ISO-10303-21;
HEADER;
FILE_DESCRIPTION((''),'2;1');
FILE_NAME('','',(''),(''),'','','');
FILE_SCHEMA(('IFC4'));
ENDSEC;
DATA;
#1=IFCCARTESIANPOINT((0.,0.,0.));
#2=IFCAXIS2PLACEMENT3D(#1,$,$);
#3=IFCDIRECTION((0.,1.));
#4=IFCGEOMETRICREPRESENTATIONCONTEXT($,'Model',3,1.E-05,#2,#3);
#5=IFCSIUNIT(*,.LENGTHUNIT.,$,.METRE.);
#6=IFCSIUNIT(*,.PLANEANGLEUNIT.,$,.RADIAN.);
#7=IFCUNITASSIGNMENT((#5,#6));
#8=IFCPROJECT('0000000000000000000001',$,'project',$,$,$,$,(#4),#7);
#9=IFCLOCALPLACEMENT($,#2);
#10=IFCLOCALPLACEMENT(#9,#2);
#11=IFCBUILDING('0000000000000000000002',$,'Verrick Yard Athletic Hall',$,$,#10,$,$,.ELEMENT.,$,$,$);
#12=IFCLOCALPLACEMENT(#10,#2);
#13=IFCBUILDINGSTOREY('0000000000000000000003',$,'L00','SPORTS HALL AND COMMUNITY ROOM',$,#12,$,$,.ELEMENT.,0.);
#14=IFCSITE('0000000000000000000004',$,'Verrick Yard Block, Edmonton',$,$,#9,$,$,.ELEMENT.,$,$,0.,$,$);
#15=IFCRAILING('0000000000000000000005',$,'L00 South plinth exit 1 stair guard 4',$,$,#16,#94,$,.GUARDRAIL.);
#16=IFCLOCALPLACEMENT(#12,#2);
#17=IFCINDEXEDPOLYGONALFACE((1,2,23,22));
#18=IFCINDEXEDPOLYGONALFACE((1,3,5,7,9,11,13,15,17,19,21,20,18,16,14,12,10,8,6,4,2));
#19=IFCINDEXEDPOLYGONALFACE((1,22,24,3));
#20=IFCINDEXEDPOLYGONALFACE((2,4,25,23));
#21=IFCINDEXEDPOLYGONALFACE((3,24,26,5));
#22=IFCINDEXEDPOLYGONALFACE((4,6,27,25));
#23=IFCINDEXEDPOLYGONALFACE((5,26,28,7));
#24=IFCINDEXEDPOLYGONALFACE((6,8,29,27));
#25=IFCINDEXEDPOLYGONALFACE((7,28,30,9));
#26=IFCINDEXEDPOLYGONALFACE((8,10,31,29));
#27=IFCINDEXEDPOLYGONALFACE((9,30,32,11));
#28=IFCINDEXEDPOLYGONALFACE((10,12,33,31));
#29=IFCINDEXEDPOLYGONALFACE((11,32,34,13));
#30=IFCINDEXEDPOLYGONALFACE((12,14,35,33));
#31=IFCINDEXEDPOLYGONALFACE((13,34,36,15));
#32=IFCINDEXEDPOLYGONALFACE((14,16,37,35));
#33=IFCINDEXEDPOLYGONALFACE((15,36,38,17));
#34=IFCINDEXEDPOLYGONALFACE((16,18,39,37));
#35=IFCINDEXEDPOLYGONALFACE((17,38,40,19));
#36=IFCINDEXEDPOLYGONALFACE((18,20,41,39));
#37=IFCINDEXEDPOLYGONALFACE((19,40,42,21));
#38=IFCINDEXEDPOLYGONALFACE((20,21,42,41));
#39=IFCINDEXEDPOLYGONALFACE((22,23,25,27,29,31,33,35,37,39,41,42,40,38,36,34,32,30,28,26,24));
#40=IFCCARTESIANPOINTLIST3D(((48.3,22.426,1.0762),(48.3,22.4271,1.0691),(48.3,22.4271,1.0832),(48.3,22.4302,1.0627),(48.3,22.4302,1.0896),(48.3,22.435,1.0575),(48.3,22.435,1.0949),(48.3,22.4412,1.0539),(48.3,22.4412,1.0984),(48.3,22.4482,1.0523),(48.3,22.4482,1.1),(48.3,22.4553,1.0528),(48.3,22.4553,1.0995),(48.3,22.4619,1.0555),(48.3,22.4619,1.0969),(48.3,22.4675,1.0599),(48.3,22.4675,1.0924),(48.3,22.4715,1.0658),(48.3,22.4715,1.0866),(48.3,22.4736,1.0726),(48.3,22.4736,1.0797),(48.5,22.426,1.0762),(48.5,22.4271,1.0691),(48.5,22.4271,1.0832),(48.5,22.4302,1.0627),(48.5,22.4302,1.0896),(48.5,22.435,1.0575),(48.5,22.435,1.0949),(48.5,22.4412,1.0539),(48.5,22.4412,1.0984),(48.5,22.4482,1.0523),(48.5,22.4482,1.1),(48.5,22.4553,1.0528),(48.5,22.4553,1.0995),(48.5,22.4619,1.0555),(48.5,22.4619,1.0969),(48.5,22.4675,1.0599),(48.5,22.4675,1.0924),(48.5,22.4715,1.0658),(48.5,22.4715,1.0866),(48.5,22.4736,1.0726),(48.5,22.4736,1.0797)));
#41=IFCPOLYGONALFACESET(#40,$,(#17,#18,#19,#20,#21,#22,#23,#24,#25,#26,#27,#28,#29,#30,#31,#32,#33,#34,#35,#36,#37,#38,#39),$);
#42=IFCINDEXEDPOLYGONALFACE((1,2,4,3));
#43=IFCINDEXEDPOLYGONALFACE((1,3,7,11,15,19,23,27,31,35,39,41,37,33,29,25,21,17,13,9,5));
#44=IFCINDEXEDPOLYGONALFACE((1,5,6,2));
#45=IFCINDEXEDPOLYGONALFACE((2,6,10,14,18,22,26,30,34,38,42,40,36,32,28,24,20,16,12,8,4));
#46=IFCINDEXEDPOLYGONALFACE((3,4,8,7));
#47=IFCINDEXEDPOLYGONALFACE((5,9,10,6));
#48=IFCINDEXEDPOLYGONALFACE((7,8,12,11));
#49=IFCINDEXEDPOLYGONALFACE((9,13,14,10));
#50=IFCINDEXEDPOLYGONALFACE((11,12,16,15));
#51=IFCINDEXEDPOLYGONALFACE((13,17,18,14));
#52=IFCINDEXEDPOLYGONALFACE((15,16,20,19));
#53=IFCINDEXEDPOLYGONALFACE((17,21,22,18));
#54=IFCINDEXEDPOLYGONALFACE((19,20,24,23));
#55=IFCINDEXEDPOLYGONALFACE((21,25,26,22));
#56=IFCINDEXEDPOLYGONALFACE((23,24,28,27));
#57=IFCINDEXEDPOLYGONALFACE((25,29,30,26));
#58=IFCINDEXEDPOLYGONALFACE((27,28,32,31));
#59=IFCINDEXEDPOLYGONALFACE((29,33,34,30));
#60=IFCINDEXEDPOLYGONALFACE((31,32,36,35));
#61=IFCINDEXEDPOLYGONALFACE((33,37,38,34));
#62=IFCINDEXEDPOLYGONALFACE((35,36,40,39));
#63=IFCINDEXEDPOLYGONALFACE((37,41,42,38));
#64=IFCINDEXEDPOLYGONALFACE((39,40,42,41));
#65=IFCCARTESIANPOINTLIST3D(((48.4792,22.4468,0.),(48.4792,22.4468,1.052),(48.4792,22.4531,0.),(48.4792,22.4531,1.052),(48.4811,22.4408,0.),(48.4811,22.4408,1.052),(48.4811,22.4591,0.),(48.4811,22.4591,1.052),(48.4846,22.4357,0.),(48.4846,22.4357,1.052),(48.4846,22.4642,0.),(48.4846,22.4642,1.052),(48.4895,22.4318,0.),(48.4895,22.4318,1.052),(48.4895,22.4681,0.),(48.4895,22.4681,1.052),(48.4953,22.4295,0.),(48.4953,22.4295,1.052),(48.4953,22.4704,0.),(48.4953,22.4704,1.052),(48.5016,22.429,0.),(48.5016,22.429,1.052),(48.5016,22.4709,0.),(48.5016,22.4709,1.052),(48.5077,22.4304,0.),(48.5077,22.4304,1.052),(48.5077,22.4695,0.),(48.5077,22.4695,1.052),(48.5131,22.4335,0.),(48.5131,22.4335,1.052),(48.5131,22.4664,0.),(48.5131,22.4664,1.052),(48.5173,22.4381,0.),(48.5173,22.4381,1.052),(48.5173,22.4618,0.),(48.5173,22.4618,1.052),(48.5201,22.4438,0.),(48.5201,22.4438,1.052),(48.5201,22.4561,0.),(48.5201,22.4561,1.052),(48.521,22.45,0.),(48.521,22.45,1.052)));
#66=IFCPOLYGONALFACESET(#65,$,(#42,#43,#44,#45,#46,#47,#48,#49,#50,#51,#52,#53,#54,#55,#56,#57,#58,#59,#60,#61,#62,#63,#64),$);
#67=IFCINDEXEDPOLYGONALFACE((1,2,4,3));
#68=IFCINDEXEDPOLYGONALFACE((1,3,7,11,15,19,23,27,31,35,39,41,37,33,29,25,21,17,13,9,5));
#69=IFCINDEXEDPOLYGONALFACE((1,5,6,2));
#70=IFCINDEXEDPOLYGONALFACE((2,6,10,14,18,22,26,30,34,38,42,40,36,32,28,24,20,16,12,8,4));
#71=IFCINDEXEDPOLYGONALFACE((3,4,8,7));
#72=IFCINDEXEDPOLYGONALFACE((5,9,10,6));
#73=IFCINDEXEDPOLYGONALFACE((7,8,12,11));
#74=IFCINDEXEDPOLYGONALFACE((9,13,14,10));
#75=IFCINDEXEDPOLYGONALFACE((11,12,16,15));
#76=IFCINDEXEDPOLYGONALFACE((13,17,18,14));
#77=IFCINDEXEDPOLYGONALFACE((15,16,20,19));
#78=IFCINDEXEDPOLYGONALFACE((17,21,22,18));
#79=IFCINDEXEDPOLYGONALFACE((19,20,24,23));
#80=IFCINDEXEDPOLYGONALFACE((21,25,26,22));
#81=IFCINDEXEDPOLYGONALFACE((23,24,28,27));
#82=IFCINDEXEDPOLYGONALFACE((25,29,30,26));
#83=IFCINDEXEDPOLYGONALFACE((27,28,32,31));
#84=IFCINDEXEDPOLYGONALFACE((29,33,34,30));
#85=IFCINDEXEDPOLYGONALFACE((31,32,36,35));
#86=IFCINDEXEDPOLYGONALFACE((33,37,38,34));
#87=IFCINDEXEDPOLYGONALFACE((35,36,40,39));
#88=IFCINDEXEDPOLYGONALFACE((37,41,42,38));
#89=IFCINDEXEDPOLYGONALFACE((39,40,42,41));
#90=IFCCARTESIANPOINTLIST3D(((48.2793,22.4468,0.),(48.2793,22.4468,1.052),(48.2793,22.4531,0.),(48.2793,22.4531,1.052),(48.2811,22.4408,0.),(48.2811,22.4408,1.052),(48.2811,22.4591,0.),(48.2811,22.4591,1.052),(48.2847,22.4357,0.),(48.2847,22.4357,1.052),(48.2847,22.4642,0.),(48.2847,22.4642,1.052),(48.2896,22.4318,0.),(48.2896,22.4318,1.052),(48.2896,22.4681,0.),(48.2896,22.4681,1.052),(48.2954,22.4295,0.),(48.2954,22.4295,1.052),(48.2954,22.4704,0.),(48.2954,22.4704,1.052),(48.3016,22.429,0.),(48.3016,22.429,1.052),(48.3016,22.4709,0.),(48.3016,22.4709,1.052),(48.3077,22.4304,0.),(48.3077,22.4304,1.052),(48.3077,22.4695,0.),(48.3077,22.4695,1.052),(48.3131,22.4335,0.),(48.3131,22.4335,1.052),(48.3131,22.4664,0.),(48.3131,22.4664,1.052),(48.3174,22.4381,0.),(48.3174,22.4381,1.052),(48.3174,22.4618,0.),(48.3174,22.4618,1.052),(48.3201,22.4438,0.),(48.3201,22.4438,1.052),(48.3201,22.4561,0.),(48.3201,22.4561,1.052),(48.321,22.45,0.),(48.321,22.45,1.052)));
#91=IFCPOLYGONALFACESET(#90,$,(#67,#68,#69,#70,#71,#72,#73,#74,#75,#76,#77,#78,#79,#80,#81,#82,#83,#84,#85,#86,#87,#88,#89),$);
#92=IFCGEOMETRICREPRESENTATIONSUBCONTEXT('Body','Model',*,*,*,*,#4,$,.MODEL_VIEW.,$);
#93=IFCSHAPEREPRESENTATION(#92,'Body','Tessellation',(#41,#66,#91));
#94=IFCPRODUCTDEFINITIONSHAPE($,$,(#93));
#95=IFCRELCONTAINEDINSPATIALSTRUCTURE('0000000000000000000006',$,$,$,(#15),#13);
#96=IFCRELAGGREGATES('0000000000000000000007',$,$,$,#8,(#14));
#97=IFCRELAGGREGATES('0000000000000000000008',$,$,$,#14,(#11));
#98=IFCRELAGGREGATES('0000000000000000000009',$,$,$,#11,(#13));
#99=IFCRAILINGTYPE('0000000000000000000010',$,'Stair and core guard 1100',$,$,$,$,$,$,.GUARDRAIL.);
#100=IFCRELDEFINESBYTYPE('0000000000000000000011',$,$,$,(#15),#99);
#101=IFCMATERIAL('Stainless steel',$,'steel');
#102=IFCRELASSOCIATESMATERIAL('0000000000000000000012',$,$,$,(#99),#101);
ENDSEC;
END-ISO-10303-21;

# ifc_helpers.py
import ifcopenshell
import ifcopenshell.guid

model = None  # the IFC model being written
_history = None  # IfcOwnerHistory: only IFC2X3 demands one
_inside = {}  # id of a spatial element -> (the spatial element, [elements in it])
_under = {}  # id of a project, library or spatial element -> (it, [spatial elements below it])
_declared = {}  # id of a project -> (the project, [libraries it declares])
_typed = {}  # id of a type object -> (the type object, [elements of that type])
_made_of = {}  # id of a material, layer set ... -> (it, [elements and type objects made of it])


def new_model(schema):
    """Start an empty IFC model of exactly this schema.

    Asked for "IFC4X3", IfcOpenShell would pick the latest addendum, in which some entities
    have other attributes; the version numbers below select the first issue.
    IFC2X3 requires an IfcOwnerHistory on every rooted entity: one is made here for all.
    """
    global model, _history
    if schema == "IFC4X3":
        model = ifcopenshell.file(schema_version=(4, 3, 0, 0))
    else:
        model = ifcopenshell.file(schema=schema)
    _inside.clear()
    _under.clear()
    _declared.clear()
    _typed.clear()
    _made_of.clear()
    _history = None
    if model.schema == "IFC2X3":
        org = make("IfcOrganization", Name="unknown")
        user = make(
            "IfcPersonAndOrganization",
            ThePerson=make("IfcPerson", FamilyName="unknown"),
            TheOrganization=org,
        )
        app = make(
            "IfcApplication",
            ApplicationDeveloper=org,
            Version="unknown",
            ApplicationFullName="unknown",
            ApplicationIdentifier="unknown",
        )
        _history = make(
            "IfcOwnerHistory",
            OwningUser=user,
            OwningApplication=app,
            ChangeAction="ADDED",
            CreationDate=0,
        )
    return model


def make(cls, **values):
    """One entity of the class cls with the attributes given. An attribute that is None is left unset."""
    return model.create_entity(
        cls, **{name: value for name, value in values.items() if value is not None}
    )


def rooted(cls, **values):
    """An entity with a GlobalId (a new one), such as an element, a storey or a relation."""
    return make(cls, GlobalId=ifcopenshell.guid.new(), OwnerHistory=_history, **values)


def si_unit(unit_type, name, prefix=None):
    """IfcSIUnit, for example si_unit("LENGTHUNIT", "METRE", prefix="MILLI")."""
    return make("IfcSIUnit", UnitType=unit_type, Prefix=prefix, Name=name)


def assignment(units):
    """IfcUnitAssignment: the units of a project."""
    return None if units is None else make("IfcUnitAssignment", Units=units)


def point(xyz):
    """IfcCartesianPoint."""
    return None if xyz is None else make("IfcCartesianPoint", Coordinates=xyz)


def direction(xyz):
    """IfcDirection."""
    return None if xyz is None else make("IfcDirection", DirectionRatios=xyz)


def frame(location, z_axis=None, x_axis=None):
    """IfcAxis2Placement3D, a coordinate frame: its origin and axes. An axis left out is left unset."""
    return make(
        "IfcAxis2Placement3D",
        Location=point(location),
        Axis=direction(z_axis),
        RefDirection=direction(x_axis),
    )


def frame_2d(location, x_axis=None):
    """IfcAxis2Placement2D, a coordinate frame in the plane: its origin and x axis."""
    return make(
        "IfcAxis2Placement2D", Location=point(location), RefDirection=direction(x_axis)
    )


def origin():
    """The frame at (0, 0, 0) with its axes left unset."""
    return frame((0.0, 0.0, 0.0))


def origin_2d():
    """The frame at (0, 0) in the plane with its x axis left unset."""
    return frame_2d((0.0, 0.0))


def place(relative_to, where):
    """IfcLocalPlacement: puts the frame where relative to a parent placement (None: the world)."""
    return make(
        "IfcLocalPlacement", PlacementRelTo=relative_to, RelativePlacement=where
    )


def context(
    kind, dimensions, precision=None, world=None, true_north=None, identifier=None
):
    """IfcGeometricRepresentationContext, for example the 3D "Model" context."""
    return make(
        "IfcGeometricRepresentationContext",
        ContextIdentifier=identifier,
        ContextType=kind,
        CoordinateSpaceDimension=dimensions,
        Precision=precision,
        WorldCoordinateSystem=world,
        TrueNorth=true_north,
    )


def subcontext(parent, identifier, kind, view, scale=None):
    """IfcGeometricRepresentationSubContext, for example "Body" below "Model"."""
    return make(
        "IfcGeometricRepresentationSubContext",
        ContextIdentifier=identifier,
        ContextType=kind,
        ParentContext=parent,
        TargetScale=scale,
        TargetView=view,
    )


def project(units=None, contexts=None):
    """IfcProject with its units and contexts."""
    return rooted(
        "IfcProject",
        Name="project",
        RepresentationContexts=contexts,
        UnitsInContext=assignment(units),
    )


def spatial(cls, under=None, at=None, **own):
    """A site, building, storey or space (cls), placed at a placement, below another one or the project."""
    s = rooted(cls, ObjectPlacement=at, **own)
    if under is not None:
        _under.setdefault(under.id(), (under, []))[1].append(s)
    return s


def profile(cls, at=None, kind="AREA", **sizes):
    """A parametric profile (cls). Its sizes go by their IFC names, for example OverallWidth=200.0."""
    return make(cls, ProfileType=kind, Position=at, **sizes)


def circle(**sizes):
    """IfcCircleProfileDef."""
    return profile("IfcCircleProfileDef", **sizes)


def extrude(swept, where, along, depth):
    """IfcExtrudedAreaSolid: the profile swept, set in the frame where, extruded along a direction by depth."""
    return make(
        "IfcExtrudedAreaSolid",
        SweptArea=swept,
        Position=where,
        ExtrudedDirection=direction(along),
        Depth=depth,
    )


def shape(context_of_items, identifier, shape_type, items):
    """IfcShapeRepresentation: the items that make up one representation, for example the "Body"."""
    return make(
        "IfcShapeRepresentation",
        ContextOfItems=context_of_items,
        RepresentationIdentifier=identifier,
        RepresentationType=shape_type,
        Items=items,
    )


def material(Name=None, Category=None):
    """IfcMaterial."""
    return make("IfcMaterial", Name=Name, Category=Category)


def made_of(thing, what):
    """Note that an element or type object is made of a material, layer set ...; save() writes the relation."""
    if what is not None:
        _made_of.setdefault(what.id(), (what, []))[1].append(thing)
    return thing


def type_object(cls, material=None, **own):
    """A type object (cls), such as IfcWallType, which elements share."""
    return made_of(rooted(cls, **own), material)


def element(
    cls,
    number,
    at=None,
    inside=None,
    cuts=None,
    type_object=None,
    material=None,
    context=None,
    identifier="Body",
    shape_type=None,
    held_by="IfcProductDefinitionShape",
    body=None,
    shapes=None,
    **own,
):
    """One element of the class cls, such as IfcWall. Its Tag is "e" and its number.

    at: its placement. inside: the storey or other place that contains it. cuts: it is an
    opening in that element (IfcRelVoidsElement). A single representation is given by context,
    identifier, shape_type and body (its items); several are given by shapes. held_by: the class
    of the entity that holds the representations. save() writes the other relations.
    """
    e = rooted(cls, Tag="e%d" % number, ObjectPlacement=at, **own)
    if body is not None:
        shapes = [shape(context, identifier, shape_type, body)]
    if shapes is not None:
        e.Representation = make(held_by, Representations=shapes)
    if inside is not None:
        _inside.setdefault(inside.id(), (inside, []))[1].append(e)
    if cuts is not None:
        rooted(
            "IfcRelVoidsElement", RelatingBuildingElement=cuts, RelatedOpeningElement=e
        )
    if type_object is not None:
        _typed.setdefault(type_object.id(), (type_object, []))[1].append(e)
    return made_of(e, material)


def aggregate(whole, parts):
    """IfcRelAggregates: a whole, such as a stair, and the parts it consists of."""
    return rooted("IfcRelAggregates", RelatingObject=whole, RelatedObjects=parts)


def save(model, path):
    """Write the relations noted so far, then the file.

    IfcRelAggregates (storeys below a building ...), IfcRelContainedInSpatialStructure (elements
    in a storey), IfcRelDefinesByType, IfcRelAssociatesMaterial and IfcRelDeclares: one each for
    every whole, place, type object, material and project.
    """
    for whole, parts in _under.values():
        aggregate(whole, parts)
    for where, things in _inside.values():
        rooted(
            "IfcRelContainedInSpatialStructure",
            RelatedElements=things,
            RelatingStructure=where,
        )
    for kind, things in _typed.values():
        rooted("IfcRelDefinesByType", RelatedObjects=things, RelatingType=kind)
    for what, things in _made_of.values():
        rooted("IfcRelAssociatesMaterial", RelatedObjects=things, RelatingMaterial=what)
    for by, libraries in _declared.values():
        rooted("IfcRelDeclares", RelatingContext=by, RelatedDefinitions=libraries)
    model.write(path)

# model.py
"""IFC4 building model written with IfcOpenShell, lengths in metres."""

from ifc_helpers import new_model, si_unit, direction, frame, origin, origin_2d, place, context, subcontext, project, spatial, circle, extrude, material, type_object, element, save


model = new_model("IFC4")

# Units and contexts
model_context = context("Model", 3, precision=1e-05, world=origin(), true_north=direction((0.0, 1.0)))
body_context = subcontext(model_context, "Body", "Model", "MODEL_VIEW")
ifc_project = project(units=[si_unit("LENGTHUNIT", "METRE"), si_unit("PLANEANGLEUNIT", "RADIAN")], contexts=[model_context])

# Site, building, storey
site_placement = place(None, origin())
site = spatial("IfcSite", under=ifc_project, at=site_placement, Name="Verrick Yard Block, Edmonton", CompositionType="ELEMENT", RefElevation=0.0)
building_placement = place(site_placement, origin())
building = spatial("IfcBuilding", under=site, at=building_placement, Name="Verrick Yard Athletic Hall", CompositionType="ELEMENT")
storey_placement = place(building_placement, origin())
storey = spatial("IfcBuildingStorey", under=building, at=storey_placement, Name="L00", Description="SPORTS HALL AND COMMUNITY ROOM", CompositionType="ELEMENT", Elevation=0.0)

# Railing
ifc_material_1 = material(Name="Stainless steel", Category="steel")
railing_type_1 = type_object("IfcRailingType", Name="Stair and core guard 1100", PredefinedType="GUARDRAIL", material=ifc_material_1)
railing_1_placement = place(storey_placement, frame((48.5, 22.45, 0.0)))
element("IfcRailing", 1, at=railing_1_placement, inside=storey, type_object=railing_type_1, Name="L00 South plinth exit 1 stair guard 4", PredefinedType="GUARDRAIL", context=body_context, shape_type="SweptSolid", body=[
    extrude(circle(Radius=0.0239, at=origin_2d()), frame((0.0, 0.0, 1.0762), z_axis=(-1.0, 0.0, 0.0), x_axis=(0.0, -1.0, 0.0)), (0.0, 0.0, 1.0), 0.2),
    extrude(circle(Radius=0.021, at=origin_2d()), origin(), (0.0, 0.0, 1.0), 1.052),
    extrude(circle(Radius=0.021, at=origin_2d()), frame((-0.2, 0.0, 0.0)), (0.0, 0.0, 1.0), 1.052),
])

save(model, "model.ifc")
